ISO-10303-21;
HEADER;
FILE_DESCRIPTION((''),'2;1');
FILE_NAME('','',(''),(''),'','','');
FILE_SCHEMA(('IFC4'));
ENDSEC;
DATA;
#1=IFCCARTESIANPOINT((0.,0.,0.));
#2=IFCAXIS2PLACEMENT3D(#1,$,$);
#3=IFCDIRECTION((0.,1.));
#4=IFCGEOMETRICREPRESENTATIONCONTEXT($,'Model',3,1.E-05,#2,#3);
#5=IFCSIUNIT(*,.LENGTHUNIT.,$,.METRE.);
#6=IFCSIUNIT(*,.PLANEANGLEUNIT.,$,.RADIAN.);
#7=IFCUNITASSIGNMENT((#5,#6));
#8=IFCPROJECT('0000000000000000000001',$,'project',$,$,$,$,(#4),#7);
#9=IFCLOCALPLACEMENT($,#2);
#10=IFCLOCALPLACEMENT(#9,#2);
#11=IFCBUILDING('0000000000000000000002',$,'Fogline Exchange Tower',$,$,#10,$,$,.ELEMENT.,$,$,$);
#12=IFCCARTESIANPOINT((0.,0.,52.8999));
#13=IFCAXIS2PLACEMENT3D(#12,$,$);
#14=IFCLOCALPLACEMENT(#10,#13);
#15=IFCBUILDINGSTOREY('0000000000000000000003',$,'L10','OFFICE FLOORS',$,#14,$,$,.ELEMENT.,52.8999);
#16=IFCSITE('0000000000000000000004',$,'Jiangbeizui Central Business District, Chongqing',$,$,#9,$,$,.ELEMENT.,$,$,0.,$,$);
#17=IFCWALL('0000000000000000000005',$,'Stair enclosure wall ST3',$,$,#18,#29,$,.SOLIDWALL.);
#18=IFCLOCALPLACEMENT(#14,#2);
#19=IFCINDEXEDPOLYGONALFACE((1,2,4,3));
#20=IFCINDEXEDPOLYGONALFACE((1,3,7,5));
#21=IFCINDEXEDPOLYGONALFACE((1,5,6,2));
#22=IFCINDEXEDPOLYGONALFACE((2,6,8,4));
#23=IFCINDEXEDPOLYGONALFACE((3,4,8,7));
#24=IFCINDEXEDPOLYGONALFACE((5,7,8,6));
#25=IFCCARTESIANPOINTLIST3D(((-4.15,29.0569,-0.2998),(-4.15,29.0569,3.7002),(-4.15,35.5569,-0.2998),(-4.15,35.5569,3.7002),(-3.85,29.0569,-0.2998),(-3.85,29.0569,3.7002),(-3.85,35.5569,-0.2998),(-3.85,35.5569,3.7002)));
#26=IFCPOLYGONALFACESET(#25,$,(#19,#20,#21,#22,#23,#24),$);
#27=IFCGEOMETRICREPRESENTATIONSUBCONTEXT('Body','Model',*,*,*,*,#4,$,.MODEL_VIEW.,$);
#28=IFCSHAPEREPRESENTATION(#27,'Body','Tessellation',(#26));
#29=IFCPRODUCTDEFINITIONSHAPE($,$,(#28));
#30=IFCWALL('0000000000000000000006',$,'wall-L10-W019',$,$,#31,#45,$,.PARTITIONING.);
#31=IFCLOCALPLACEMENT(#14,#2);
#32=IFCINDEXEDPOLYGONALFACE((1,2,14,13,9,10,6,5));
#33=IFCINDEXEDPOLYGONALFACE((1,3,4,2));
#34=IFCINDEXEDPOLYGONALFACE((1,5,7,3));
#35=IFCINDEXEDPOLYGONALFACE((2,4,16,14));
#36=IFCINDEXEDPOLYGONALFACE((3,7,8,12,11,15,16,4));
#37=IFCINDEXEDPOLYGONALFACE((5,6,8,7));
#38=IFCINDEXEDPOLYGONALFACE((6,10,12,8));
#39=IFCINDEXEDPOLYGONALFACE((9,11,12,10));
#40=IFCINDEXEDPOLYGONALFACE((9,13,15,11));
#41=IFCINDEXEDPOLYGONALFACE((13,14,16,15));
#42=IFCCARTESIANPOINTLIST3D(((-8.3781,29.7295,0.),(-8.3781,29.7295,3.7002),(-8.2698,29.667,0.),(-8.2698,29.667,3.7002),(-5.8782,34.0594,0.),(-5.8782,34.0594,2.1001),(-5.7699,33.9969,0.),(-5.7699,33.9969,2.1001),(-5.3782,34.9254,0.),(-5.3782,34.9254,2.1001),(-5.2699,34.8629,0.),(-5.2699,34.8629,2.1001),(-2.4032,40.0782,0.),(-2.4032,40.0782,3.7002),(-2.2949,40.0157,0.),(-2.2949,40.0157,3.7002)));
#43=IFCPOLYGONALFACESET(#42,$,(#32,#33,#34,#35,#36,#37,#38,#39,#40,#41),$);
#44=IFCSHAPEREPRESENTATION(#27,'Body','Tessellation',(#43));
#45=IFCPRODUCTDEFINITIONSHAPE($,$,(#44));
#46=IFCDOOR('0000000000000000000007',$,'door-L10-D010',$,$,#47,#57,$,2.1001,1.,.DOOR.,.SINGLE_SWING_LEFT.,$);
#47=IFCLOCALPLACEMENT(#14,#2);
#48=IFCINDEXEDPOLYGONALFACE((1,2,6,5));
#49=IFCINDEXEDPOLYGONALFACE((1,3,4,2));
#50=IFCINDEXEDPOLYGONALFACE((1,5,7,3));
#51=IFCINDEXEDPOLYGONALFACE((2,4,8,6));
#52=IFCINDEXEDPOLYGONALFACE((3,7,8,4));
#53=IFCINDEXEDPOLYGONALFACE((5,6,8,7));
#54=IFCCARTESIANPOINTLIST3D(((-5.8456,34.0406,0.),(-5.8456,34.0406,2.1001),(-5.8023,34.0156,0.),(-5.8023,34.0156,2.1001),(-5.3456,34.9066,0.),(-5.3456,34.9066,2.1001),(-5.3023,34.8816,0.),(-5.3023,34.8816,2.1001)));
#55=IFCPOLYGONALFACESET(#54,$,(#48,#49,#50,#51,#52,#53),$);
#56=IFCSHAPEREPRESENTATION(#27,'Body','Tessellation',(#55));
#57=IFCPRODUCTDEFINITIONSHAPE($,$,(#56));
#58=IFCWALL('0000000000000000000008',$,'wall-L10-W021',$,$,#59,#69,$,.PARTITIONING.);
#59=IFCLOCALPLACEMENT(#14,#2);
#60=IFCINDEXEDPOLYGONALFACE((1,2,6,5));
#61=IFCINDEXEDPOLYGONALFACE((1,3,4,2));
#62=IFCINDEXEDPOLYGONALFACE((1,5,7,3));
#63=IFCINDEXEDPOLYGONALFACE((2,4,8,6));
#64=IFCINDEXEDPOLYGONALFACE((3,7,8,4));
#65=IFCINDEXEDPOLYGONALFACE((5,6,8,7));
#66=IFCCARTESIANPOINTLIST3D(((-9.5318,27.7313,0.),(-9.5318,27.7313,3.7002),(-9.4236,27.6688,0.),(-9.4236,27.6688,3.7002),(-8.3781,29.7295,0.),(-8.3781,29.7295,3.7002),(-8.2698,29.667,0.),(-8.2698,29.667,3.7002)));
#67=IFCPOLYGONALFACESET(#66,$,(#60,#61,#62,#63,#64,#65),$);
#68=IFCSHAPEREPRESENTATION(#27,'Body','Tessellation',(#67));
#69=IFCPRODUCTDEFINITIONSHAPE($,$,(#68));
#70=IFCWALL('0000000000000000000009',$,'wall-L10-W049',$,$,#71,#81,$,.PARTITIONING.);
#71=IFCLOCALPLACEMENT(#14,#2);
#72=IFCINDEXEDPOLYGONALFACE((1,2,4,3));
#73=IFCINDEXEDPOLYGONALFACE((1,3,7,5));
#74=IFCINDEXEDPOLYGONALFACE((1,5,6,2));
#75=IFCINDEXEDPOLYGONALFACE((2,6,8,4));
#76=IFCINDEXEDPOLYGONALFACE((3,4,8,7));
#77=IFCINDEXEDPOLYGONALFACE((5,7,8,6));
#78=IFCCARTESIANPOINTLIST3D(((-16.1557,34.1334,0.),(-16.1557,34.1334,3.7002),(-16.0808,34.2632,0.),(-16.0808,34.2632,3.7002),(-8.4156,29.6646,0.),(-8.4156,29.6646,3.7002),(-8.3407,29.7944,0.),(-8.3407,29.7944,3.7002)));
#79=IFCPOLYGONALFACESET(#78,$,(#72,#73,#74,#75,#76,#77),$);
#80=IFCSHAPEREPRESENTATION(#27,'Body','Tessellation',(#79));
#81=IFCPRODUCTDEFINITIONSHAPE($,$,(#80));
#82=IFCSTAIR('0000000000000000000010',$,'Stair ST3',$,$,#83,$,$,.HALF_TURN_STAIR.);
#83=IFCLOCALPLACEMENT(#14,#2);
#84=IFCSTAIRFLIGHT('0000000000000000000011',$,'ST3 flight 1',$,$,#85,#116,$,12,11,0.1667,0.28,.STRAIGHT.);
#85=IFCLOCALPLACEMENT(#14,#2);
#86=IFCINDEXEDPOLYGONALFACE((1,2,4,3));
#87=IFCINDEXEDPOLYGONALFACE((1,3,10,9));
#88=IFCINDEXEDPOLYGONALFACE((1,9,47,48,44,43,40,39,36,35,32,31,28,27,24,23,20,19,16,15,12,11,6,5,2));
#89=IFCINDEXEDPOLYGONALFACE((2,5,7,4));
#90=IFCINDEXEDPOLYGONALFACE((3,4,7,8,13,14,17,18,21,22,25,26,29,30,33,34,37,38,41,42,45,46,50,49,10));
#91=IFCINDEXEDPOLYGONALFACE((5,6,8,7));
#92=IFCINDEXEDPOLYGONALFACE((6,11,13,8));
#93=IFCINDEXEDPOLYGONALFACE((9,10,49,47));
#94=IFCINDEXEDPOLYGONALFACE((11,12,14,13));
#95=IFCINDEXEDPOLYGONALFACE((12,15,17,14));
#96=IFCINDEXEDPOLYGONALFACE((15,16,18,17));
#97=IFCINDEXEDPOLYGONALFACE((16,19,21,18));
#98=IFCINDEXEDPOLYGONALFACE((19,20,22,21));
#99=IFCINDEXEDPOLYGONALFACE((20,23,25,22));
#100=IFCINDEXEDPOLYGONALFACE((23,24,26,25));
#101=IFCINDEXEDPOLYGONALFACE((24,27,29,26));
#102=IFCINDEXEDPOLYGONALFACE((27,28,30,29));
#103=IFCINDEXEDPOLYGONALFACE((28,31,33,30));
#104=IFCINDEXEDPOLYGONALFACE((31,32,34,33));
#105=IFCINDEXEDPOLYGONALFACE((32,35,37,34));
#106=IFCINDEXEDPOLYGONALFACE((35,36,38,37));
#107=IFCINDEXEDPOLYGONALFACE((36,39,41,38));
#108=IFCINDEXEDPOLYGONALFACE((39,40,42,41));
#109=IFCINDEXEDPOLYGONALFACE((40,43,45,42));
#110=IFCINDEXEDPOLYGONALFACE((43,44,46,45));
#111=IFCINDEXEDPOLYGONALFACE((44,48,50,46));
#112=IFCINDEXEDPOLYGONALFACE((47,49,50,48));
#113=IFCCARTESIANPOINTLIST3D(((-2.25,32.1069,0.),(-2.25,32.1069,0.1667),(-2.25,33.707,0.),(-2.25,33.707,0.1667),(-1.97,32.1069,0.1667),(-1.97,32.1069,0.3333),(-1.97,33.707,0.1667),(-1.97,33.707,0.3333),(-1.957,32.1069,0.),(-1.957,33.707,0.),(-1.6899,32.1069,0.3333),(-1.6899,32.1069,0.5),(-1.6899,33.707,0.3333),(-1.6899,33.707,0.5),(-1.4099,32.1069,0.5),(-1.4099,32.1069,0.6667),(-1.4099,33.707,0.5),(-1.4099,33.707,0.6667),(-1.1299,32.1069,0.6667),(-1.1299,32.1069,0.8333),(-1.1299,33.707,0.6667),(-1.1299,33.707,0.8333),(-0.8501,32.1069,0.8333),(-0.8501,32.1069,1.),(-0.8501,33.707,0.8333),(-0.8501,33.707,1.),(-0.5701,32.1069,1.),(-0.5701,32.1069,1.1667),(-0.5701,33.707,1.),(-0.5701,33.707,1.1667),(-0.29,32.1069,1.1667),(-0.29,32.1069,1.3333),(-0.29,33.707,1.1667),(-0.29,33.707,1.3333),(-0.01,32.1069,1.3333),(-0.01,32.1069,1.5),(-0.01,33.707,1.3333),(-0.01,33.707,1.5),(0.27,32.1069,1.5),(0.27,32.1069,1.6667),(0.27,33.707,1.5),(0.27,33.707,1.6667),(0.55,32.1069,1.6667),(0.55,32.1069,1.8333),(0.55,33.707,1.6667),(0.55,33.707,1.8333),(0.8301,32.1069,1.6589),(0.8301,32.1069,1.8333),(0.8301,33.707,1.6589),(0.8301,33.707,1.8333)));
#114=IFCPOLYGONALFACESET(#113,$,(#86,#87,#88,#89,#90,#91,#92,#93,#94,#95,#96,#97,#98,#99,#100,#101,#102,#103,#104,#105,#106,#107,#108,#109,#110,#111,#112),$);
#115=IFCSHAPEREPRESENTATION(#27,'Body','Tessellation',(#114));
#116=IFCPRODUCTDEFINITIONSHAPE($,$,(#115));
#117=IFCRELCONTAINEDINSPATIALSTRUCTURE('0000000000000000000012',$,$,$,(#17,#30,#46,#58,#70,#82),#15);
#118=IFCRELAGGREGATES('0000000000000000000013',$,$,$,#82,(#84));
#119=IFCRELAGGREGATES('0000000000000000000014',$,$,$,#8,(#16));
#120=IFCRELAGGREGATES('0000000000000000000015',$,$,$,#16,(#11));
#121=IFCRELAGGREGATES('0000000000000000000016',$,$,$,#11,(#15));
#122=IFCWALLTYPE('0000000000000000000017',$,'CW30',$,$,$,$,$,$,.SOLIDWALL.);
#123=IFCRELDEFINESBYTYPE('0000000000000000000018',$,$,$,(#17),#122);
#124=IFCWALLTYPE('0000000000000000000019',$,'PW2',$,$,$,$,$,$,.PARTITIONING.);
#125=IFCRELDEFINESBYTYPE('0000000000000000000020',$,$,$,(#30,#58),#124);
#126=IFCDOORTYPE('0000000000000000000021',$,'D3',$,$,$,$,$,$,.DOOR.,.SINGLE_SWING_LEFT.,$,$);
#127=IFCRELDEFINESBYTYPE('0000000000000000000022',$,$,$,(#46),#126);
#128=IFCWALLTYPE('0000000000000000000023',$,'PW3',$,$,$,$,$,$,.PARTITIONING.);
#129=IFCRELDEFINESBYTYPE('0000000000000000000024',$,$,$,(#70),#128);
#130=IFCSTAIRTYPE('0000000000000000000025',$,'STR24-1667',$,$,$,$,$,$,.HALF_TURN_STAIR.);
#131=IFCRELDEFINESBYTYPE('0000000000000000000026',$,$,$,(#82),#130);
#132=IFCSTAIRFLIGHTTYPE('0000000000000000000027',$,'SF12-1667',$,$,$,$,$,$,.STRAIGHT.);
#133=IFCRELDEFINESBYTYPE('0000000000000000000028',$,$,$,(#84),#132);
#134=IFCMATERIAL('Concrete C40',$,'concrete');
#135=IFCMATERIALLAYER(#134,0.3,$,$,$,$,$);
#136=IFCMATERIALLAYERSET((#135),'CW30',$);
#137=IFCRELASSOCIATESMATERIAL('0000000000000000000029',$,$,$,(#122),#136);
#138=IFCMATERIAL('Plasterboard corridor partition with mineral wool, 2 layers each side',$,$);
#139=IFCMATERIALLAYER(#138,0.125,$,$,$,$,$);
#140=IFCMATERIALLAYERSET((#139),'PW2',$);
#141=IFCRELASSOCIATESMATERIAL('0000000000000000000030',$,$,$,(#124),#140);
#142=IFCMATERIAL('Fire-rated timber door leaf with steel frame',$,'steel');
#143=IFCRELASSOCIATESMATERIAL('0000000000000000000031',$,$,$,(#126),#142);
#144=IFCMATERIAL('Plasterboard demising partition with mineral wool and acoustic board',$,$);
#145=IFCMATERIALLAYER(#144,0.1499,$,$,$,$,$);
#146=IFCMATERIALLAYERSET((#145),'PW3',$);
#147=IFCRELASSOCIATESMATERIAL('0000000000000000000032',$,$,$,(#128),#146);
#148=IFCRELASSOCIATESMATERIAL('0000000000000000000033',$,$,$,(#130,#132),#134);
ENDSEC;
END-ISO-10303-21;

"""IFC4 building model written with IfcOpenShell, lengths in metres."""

from ifc_helpers import new_model, si_unit, direction, frame, frame_2d, origin, place, context, subcontext, project, spatial, polyline, rectangle, outline, extrude, material, layer, layer_set, type_object, element, fill, aggregate, save


model = new_model("IFC4")

# Units and contexts
model_context = context("Model", 3, precision=1e-05, world=origin(), true_north=direction((0.0, 1.0)))
body_context = subcontext(model_context, "Body", "Model", "MODEL_VIEW")
ifc_project = project(units=[si_unit("LENGTHUNIT", "METRE"), si_unit("PLANEANGLEUNIT", "RADIAN")], contexts=[model_context])

# Site, building, storey
site_placement = place(None, origin())
site = spatial("IfcSite", under=ifc_project, at=site_placement, Name="Jiangbeizui Central Business District, Chongqing", CompositionType="ELEMENT", RefElevation=0.0)
building_placement = place(site_placement, origin())
building = spatial("IfcBuilding", under=site, at=building_placement, Name="Fogline Exchange Tower", CompositionType="ELEMENT")
storey_placement = place(building_placement, frame((0.0, 0.0, 52.8999)))
storey = spatial("IfcBuildingStorey", under=building, at=storey_placement, Name="L10", Description="OFFICE FLOORS", CompositionType="ELEMENT", Elevation=52.8999)

# Shared definitions
ifc_material_1 = material(Name="Concrete C40", Category="concrete")

# Shared definitions
ifc_layer_1 = layer(ifc_material_1, 0.3)
ifc_layer_set_1 = layer_set([ifc_layer_1], Name="CW30")
wall_type_1 = type_object("IfcWallType", Name="CW30", PredefinedType="SOLIDWALL", material=ifc_layer_set_1)

# Wall
wall_1_placement = place(storey_placement, frame((-4.0, 29.0569, -0.2998), z_axis=(0.0, 0.0, 1.0), x_axis=(0.0, 1.0, 0.0)))
element("IfcWall", 1, at=wall_1_placement, inside=storey, type_object=wall_type_1, Name="Stair enclosure wall ST3", PredefinedType="SOLIDWALL", context=body_context, shape_type="SweptSolid", body=[
    extrude(rectangle(XDim=6.5, YDim=0.3, at=frame_2d((3.25, 0.0))), origin(), (0.0, 0.0, 1.0), 4.0),
])

# Wall, opening, door
ifc_material_2 = material(Name="Plasterboard corridor partition with mineral wool, 2 layers each side")
ifc_layer_2 = layer(ifc_material_2, 0.125)
ifc_layer_set_2 = layer_set([ifc_layer_2], Name="PW2")
wall_type_2 = type_object("IfcWallType", Name="PW2", PredefinedType="PARTITIONING", material=ifc_layer_set_2)
wall_2_placement = place(storey_placement, frame((-8.324, 29.6982, 0.0), z_axis=(0.0, 0.0, 1.0), x_axis=(0.500004, 0.866023, 0.0)))
wall_2 = element("IfcWall", 2, at=wall_2_placement, inside=storey, type_object=wall_type_2, Name="wall-L10-W019", PredefinedType="PARTITIONING", context=body_context, shape_type="SweptSolid", body=[
    extrude(rectangle(XDim=11.9497, YDim=0.125, at=frame_2d((5.9749, 0.0))), origin(), (0.0, 0.0, 1.0), 3.7002),
])
opening_1_placement = place(wall_2_placement, frame((4.9998, 0.0, 0.0)))
opening_1 = element("IfcOpeningElement", 3, at=opening_1_placement, cuts=wall_2, PredefinedType="OPENING", context=body_context, shape_type="SweptSolid", body=[
    extrude(rectangle(XDim=1.0, YDim=2.1001, at=frame_2d((0.5, 1.05))), frame((0.0, 0.0725, 0.0), z_axis=(0.0, -1.0, 0.0), x_axis=(1.0, 0.0, 0.0)), (0.0, 0.0, 1.0), 0.145),
])
ifc_material_3 = material(Name="Fire-rated timber door leaf with steel frame", Category="steel")
door_type_1 = type_object("IfcDoorType", Name="D3", OperationType="SINGLE_SWING_LEFT", PredefinedType="DOOR", material=ifc_material_3)
door_1_placement = place(opening_1_placement, origin())
door_1 = element("IfcDoor", 4, at=door_1_placement, inside=storey, type_object=door_type_1, Name="door-L10-D010", OperationType="SINGLE_SWING_LEFT", OverallHeight=2.1001, OverallWidth=1.0, PredefinedType="DOOR", context=body_context, shape_type="SweptSolid", body=[
    extrude(rectangle(XDim=1.0, YDim=2.1001, at=frame_2d((0.5, 1.05))), frame((0.0, 0.0249, 0.0), z_axis=(0.0, -1.0, 0.0), x_axis=(1.0, 0.0, 0.0)), (0.0, 0.0, 1.0), 0.05),
])
fill(opening_1, door_1)

# Walls
wall_3_placement = place(storey_placement, frame((-9.4778, 27.7, 0.0), z_axis=(0.0, 0.0, 1.0), x_axis=(0.500031, 0.866008, 0.0)))
element("IfcWall", 5, at=wall_3_placement, inside=storey, type_object=wall_type_2, Name="wall-L10-W021", PredefinedType="PARTITIONING", context=body_context, shape_type="SweptSolid", body=[
    extrude(rectangle(XDim=2.3074, YDim=0.125, at=frame_2d((1.1538, 0.0))), origin(), (0.0, 0.0, 1.0), 3.7002),
])
ifc_material_4 = material(Name="Plasterboard demising partition with mineral wool and acoustic board")
ifc_layer_3 = layer(ifc_material_4, 0.1499)
ifc_layer_set_3 = layer_set([ifc_layer_3], Name="PW3")
wall_type_3 = type_object("IfcWallType", Name="PW3", PredefinedType="PARTITIONING", material=ifc_layer_set_3)
wall_4_placement = place(storey_placement, frame((-8.3782, 29.7295, 0.0), z_axis=(0.0, 0.0, 1.0), x_axis=(-0.866022, 0.500005, 0.0)))
element("IfcWall", 6, at=wall_4_placement, inside=storey, type_object=wall_type_3, Name="wall-L10-W049", PredefinedType="PARTITIONING", context=body_context, shape_type="SweptSolid", body=[
    extrude(rectangle(XDim=8.9375, YDim=0.1499, at=frame_2d((4.4688, 0.0))), origin(), (0.0, 0.0, 1.0), 3.7002),
])

# Stair, stair flight
stair_type = type_object("IfcStairType", Name="STR24-1667", PredefinedType="HALF_TURN_STAIR", material=ifc_material_1)
stair_placement = place(storey_placement, origin())
stair = element("IfcStair", 7, at=stair_placement, inside=storey, type_object=stair_type, Name="Stair ST3", PredefinedType="HALF_TURN_STAIR")
stair_flight_type = type_object("IfcStairFlightType", Name="SF12-1667", PredefinedType="STRAIGHT", material=ifc_material_1)
stair_flight_placement = place(storey_placement, frame((-2.25, 32.907, 0.0), z_axis=(0.0, 0.0, 1.0), x_axis=(1.0, 0.0, 0.0)))
stair_flight = element("IfcStairFlight", 8, at=stair_flight_placement, type_object=stair_flight_type, Name="ST3 flight 1", NumberOfRisers=12, NumberOfTreads=11, PredefinedType="STRAIGHT", RiserHeight=0.1667, TreadLength=0.28, context=body_context, shape_type="SweptSolid", body=[
    extrude(outline(polyline([(0.0, 0.0), (0.0, 0.1667), (0.28, 0.1667), (0.28, 0.3333), (0.5601, 0.3333), (0.5601, 0.5), (0.8401, 0.5), (0.8401, 0.6667), (1.1201, 0.6667), (1.1201, 0.8333), (1.3999, 0.8333), (1.3999, 1.0), (1.6799, 1.0), (1.6799, 1.1667), (1.96, 1.1667), (1.96, 1.3333), (2.24, 1.3333), (2.24, 1.5), (2.52, 1.5), (2.52, 1.6667), (2.8, 1.6667), (2.8, 1.8333), (3.0801, 1.8333), (3.0801, 2.0), (3.0801, 1.6589), (0.293, 0.0), (0.0, 0.0)])), frame((0.0, 0.8, 0.0), z_axis=(0.0, -1.0, 0.0), x_axis=(1.0, 0.0, 0.0)), (0.0, 0.0, 1.0), 1.6001),
])
aggregate(stair, [stair_flight])

save(model, "model.ifc")
